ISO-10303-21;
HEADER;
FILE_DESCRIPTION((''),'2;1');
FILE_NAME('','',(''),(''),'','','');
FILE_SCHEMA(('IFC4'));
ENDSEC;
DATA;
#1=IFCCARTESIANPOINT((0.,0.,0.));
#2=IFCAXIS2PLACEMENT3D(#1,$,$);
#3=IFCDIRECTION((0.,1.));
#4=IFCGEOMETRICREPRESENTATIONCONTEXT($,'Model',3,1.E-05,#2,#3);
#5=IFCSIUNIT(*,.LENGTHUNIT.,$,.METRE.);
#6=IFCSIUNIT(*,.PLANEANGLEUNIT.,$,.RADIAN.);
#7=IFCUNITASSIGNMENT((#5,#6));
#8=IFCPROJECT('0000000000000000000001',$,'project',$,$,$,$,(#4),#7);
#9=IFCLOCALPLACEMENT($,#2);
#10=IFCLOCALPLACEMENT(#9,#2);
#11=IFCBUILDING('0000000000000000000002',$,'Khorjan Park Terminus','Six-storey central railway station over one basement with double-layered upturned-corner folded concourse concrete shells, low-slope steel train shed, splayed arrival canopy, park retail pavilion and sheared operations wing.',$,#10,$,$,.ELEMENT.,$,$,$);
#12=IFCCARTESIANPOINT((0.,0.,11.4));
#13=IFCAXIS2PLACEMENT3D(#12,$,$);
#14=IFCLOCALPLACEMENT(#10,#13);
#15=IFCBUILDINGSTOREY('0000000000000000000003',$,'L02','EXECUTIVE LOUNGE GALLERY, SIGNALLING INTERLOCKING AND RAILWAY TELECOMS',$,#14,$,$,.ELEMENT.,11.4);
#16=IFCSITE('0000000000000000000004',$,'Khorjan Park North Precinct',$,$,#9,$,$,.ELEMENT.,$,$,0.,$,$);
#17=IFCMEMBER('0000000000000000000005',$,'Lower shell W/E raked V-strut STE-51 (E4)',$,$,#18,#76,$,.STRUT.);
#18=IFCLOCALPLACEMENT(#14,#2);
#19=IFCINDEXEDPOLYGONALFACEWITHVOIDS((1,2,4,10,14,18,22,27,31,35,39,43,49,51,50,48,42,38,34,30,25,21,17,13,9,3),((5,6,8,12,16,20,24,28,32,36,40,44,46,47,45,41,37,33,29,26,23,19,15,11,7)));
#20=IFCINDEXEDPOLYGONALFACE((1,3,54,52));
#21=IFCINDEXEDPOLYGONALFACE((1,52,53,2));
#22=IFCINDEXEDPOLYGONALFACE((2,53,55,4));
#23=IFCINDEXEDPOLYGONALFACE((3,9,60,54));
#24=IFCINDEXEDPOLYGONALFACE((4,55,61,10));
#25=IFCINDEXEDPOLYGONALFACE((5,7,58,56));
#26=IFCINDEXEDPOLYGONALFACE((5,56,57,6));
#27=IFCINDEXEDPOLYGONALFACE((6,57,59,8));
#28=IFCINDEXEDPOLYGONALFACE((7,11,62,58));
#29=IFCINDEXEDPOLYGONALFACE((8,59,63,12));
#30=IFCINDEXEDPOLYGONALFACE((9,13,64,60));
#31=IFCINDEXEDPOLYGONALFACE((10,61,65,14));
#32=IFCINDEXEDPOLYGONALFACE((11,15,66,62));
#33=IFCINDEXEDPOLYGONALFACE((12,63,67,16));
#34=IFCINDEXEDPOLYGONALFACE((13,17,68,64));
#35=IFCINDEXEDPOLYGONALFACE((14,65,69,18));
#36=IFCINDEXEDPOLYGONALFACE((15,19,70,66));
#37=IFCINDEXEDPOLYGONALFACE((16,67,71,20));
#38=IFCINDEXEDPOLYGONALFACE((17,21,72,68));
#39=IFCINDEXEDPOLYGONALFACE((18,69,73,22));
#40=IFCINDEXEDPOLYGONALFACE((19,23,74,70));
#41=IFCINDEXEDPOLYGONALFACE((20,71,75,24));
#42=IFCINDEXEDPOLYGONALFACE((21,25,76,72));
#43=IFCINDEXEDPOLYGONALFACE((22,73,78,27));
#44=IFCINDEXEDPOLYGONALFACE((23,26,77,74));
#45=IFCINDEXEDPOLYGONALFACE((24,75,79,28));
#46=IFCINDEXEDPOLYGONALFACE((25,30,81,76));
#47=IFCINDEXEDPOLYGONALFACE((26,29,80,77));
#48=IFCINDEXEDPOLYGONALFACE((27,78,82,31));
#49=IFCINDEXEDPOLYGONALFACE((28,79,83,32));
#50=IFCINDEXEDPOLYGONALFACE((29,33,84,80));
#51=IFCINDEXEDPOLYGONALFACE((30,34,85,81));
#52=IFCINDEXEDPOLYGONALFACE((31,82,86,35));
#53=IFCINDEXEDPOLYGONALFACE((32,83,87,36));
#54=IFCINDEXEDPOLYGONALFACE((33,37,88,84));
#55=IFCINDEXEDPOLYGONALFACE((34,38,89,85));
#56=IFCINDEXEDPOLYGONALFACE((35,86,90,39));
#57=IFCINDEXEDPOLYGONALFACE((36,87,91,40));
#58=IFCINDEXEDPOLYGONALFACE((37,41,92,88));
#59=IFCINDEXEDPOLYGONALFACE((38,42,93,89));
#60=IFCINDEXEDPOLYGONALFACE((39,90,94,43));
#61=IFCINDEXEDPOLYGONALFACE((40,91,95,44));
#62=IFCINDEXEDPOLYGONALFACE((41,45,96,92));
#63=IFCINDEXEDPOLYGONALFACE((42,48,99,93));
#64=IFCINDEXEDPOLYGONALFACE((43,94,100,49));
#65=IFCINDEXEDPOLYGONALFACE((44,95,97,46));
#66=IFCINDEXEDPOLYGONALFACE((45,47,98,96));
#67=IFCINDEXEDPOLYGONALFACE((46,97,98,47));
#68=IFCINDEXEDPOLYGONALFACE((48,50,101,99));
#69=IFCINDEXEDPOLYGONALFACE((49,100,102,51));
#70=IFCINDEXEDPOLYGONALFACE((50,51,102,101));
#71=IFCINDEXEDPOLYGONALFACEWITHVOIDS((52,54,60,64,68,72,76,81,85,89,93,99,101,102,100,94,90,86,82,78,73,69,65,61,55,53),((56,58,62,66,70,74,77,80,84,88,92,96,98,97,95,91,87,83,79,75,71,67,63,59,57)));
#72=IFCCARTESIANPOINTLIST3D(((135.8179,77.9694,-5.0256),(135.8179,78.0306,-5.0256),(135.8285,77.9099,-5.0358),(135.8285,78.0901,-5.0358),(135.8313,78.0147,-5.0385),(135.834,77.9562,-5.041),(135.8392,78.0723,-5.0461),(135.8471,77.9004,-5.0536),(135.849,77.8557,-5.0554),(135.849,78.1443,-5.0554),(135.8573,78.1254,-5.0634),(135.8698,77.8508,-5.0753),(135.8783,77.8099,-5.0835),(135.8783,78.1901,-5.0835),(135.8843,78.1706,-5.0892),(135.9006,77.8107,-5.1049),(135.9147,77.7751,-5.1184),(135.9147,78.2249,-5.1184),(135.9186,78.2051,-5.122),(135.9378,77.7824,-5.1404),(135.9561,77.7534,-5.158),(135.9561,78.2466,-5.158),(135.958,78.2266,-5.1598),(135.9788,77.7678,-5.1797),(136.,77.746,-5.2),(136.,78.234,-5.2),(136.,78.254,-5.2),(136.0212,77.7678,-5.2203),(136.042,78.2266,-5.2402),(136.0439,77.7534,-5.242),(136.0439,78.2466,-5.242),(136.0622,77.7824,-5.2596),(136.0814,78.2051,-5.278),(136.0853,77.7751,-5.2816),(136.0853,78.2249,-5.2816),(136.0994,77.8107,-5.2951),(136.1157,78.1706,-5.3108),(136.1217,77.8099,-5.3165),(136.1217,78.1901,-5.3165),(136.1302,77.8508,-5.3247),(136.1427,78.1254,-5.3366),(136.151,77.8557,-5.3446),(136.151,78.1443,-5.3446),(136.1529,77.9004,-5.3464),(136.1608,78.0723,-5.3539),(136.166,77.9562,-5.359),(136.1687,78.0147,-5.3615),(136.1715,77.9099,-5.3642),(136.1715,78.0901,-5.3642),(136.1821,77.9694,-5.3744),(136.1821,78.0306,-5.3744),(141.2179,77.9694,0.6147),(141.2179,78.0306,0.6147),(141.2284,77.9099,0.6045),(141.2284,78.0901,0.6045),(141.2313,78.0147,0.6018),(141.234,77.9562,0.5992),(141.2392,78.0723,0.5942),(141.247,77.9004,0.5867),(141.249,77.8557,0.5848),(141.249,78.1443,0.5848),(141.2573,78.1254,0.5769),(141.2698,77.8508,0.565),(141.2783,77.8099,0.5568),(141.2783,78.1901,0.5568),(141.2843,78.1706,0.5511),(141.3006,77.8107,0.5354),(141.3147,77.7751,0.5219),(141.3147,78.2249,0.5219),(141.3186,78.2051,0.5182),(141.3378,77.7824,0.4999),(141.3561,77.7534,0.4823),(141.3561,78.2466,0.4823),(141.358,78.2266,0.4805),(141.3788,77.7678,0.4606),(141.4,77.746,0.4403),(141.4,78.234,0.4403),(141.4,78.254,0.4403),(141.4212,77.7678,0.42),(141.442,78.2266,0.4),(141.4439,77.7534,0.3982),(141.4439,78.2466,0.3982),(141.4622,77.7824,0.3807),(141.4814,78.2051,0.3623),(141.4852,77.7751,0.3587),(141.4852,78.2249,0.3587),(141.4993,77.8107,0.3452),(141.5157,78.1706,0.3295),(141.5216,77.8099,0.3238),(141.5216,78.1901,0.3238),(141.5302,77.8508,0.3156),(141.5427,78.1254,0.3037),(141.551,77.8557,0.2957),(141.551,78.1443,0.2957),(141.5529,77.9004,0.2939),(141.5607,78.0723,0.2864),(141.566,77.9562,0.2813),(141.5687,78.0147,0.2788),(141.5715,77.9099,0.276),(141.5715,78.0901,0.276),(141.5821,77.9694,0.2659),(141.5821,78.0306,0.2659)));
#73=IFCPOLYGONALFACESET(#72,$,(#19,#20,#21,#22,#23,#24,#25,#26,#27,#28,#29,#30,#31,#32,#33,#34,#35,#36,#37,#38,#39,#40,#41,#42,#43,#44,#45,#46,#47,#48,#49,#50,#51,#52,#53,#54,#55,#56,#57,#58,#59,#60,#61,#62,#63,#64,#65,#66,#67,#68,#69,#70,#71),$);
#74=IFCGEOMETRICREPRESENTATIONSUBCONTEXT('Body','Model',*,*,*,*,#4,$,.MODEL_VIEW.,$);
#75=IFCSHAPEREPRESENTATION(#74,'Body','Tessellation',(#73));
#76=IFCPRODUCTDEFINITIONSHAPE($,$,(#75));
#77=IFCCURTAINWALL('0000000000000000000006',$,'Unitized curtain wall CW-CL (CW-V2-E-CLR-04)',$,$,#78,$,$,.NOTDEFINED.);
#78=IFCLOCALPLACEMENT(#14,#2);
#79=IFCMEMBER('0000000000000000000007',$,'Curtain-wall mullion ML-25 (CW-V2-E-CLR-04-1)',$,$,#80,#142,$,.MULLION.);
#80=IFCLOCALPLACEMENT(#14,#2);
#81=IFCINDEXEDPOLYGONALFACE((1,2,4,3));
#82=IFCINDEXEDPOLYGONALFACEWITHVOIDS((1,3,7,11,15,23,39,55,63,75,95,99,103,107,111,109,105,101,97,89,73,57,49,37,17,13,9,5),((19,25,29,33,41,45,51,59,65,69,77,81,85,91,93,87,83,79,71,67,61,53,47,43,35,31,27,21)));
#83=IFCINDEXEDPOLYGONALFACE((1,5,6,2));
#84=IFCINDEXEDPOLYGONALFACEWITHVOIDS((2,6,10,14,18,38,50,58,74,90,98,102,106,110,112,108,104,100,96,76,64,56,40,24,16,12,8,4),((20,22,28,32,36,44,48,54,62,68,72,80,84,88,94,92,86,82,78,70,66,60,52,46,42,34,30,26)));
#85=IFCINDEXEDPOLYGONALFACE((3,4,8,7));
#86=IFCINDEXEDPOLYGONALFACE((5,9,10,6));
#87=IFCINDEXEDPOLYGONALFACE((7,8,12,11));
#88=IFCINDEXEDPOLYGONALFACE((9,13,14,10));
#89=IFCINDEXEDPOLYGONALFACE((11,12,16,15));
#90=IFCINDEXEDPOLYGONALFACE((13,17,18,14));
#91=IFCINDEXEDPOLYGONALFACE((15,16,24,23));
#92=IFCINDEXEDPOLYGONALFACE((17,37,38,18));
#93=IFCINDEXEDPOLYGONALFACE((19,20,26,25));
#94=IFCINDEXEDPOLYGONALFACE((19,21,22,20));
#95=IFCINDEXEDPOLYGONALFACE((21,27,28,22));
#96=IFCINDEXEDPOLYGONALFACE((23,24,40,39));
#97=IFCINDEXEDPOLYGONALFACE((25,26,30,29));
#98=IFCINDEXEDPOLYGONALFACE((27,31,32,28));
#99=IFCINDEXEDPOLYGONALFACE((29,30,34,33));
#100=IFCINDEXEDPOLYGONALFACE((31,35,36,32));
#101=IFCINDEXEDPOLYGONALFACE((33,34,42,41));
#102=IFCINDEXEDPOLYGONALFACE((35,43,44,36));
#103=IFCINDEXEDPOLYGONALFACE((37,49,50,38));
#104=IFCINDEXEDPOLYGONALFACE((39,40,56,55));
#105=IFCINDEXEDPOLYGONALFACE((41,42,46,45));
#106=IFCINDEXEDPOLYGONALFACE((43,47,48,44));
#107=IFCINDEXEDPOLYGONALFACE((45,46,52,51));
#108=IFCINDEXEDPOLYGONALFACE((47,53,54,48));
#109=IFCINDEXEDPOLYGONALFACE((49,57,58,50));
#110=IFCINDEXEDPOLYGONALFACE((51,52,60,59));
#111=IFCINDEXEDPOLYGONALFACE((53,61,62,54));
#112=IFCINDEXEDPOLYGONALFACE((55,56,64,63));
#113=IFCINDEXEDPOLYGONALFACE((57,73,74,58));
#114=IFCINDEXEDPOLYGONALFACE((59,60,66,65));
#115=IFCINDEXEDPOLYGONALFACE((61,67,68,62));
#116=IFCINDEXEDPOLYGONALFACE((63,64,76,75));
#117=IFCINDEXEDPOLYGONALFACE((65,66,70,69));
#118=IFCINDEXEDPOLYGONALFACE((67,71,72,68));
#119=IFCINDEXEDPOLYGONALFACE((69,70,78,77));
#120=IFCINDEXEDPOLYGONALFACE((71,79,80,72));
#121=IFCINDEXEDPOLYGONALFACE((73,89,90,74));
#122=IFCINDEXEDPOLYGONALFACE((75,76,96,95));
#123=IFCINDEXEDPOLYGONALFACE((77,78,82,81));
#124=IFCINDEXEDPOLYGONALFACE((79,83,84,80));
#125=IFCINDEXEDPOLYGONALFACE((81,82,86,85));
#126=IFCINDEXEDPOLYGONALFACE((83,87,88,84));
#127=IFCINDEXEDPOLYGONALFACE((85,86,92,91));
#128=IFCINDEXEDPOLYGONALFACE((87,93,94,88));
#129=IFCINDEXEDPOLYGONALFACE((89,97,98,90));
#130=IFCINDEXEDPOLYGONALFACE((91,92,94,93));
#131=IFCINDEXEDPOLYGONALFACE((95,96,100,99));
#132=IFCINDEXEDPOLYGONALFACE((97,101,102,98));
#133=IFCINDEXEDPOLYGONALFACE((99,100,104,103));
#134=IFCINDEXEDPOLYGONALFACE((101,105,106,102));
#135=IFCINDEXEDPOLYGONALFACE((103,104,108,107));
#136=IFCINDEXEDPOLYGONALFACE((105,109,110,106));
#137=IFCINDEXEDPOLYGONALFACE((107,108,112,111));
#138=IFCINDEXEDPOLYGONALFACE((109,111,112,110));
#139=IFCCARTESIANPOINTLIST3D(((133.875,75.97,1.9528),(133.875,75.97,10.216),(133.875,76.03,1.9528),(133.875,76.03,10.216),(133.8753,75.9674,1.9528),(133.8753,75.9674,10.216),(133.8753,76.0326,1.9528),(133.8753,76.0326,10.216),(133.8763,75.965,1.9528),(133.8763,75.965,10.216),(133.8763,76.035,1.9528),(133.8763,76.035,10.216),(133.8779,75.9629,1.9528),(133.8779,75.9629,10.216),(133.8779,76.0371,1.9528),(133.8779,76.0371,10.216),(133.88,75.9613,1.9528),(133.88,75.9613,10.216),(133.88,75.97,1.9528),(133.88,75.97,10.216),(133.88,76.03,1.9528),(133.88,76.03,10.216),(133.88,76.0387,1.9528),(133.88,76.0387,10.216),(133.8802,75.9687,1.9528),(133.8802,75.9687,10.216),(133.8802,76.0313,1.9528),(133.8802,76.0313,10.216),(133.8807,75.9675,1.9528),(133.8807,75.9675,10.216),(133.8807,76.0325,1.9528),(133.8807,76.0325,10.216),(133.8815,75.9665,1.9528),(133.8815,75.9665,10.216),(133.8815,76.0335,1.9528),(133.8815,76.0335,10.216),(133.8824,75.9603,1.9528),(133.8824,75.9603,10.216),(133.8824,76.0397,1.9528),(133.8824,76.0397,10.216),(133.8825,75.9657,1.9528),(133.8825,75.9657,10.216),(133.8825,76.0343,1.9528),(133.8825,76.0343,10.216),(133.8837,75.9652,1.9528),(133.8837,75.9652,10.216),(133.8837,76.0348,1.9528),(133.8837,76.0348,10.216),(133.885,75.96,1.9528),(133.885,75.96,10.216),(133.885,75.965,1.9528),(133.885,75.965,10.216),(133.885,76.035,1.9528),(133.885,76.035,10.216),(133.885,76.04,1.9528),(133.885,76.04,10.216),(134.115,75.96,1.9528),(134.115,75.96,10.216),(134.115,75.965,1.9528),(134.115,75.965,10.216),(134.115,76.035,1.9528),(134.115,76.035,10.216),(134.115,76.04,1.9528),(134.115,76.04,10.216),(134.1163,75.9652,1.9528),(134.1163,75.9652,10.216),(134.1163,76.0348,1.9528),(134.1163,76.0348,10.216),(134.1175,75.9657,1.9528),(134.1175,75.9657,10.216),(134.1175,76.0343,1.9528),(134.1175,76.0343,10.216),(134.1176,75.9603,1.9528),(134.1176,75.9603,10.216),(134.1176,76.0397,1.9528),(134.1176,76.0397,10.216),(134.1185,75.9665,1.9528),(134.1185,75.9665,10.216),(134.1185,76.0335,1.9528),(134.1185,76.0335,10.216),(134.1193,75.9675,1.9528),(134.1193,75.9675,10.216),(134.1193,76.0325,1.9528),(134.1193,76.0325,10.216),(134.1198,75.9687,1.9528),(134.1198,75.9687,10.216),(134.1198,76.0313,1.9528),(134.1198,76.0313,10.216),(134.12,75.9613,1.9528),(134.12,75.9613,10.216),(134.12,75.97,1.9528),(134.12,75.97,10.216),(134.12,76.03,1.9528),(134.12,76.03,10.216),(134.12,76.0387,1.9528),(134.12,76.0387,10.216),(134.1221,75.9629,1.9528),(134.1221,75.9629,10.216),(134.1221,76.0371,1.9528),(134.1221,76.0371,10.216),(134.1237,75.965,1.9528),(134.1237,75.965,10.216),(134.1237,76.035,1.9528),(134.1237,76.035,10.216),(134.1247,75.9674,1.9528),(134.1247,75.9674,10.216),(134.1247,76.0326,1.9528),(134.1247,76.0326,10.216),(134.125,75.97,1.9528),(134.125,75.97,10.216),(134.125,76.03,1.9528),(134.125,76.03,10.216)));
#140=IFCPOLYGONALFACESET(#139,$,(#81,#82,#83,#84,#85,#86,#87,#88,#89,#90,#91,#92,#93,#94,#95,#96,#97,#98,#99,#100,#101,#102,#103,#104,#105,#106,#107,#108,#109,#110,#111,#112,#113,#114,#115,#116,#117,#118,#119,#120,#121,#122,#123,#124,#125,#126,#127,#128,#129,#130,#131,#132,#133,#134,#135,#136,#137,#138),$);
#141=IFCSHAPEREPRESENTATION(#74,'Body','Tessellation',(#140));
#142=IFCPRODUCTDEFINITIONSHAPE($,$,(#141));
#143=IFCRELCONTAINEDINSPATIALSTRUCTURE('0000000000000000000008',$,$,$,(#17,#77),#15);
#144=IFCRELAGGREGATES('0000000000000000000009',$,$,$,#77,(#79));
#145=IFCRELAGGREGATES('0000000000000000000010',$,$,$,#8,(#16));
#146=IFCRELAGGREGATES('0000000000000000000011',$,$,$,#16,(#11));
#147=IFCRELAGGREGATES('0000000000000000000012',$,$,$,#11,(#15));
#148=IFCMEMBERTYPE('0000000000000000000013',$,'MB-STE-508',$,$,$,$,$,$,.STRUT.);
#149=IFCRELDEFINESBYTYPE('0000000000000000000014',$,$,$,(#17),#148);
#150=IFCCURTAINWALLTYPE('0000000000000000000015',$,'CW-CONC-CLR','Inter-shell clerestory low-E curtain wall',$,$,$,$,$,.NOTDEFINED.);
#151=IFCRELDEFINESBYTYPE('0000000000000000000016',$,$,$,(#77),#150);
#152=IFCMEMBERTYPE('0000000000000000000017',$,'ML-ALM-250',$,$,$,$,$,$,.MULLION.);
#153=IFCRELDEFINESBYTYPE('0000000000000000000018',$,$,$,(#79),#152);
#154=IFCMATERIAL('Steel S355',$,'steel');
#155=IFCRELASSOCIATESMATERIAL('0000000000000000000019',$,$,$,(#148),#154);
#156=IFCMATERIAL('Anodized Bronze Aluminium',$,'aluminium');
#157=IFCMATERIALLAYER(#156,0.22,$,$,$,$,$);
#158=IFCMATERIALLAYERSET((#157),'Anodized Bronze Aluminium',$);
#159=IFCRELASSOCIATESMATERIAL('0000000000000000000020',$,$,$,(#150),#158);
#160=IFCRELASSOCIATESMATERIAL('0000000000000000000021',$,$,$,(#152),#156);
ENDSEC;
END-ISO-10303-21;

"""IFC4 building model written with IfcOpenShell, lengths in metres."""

from ifc_helpers import new_model, si_unit, direction, frame, origin, origin_2d, place, context, subcontext, project, spatial, hollow_rectangle, hollow_circle, extrude, material, layer, layer_set, material_profile, profile_set, type_object, element, aggregate, save


model = new_model("IFC4")

# Units and contexts
model_context = context("Model", 3, precision=1e-05, world=origin(), true_north=direction((0.0, 1.0)))
body_context = subcontext(model_context, "Body", "Model", "MODEL_VIEW")
ifc_project = project(units=[si_unit("LENGTHUNIT", "METRE"), si_unit("PLANEANGLEUNIT", "RADIAN")], contexts=[model_context])

# Site, building, storey
site_placement = place(None, origin())
site = spatial("IfcSite", under=ifc_project, at=site_placement, Name="Khorjan Park North Precinct", CompositionType="ELEMENT", RefElevation=0.0)
building_placement = place(site_placement, origin())
building = spatial("IfcBuilding", under=site, at=building_placement, Name="Khorjan Park Terminus", Description="Six-storey central railway station over one basement with double-layered upturned-corner folded concourse concrete shells, low-slope steel train shed, splayed arrival canopy, park retail pavilion and sheared operations wing.", CompositionType="ELEMENT")
storey_placement = place(building_placement, frame((0.0, 0.0, 11.4)))
storey = spatial("IfcBuildingStorey", under=building, at=storey_placement, Name="L02", Description="EXECUTIVE LOUNGE GALLERY, SIGNALLING INTERLOCKING AND RAILWAY TELECOMS", CompositionType="ELEMENT", Elevation=11.4)

# Member
ifc_material_1 = material(Name="Steel S355", Category="steel")
ifc_material_profile_1 = material_profile(ifc_material_1, hollow_circle(Radius=0.254, WallThickness=0.02, at=origin_2d()), Name="CHS 508x20")
ifc_profile_set_1 = profile_set([ifc_material_profile_1], Name="Steel S355")
member_type_1 = type_object("IfcMemberType", Name="MB-STE-508", PredefinedType="STRUT", material=ifc_profile_set_1)
member_1_placement = place(storey_placement, frame((136.0, 78.0, -5.2), z_axis=(0.691552, 0.0, 0.722326), x_axis=(0.0, 1.0, 0.0)))
element("IfcMember", 1, at=member_1_placement, inside=storey, type_object=member_type_1, Name="Lower shell W/E raked V-strut STE-51 (E4)", PredefinedType="STRUT", context=body_context, shape_type="SweptSolid", body=[
    extrude(hollow_circle(Radius=0.254, WallThickness=0.02, at=origin_2d()), origin(), (0.0, 0.0, 1.0), 7.8085),
])

# Curtain wall, member
ifc_material_2 = material(Name="Anodized Bronze Aluminium", Category="aluminium")
ifc_layer_1 = layer(ifc_material_2, 0.22)
ifc_layer_set_1 = layer_set([ifc_layer_1], Name="Anodized Bronze Aluminium")
curtain_wall_type = type_object("IfcCurtainWallType", Name="CW-CONC-CLR", Description="Inter-shell clerestory low-E curtain wall", PredefinedType="NOTDEFINED", material=ifc_layer_set_1)
curtain_wall_placement = place(storey_placement, origin())
curtain_wall = element("IfcCurtainWall", 2, at=curtain_wall_placement, inside=storey, type_object=curtain_wall_type, Name="Unitized curtain wall CW-CL (CW-V2-E-CLR-04)", PredefinedType="NOTDEFINED")
ifc_material_profile_2 = material_profile(ifc_material_2, hollow_rectangle(XDim=0.08, YDim=0.25, WallThickness=0.005, InnerFilletRadius=0.005, OuterFilletRadius=0.01, at=origin_2d()), Name="ALM 80x250x5")
ifc_profile_set_2 = profile_set([ifc_material_profile_2], Name="Anodized Bronze Aluminium")
member_type_2 = type_object("IfcMemberType", Name="ML-ALM-250", PredefinedType="MULLION", material=ifc_profile_set_2)
member_2_placement = place(storey_placement, frame((134.0, 76.0, 1.9528), z_axis=(0.0, 0.0, 1.0), x_axis=(0.0, 1.0, 0.0)))
member_2 = element("IfcMember", 3, at=member_2_placement, type_object=member_type_2, Name="Curtain-wall mullion ML-25 (CW-V2-E-CLR-04-1)", PredefinedType="MULLION", context=body_context, shape_type="SweptSolid", body=[
    extrude(hollow_rectangle(XDim=0.08, YDim=0.25, WallThickness=0.005, InnerFilletRadius=0.005, OuterFilletRadius=0.01, at=origin_2d()), origin(), (0.0, 0.0, 1.0), 8.2632),
])

aggregate(curtain_wall, [member_2])

save(model, "model.ifc")
